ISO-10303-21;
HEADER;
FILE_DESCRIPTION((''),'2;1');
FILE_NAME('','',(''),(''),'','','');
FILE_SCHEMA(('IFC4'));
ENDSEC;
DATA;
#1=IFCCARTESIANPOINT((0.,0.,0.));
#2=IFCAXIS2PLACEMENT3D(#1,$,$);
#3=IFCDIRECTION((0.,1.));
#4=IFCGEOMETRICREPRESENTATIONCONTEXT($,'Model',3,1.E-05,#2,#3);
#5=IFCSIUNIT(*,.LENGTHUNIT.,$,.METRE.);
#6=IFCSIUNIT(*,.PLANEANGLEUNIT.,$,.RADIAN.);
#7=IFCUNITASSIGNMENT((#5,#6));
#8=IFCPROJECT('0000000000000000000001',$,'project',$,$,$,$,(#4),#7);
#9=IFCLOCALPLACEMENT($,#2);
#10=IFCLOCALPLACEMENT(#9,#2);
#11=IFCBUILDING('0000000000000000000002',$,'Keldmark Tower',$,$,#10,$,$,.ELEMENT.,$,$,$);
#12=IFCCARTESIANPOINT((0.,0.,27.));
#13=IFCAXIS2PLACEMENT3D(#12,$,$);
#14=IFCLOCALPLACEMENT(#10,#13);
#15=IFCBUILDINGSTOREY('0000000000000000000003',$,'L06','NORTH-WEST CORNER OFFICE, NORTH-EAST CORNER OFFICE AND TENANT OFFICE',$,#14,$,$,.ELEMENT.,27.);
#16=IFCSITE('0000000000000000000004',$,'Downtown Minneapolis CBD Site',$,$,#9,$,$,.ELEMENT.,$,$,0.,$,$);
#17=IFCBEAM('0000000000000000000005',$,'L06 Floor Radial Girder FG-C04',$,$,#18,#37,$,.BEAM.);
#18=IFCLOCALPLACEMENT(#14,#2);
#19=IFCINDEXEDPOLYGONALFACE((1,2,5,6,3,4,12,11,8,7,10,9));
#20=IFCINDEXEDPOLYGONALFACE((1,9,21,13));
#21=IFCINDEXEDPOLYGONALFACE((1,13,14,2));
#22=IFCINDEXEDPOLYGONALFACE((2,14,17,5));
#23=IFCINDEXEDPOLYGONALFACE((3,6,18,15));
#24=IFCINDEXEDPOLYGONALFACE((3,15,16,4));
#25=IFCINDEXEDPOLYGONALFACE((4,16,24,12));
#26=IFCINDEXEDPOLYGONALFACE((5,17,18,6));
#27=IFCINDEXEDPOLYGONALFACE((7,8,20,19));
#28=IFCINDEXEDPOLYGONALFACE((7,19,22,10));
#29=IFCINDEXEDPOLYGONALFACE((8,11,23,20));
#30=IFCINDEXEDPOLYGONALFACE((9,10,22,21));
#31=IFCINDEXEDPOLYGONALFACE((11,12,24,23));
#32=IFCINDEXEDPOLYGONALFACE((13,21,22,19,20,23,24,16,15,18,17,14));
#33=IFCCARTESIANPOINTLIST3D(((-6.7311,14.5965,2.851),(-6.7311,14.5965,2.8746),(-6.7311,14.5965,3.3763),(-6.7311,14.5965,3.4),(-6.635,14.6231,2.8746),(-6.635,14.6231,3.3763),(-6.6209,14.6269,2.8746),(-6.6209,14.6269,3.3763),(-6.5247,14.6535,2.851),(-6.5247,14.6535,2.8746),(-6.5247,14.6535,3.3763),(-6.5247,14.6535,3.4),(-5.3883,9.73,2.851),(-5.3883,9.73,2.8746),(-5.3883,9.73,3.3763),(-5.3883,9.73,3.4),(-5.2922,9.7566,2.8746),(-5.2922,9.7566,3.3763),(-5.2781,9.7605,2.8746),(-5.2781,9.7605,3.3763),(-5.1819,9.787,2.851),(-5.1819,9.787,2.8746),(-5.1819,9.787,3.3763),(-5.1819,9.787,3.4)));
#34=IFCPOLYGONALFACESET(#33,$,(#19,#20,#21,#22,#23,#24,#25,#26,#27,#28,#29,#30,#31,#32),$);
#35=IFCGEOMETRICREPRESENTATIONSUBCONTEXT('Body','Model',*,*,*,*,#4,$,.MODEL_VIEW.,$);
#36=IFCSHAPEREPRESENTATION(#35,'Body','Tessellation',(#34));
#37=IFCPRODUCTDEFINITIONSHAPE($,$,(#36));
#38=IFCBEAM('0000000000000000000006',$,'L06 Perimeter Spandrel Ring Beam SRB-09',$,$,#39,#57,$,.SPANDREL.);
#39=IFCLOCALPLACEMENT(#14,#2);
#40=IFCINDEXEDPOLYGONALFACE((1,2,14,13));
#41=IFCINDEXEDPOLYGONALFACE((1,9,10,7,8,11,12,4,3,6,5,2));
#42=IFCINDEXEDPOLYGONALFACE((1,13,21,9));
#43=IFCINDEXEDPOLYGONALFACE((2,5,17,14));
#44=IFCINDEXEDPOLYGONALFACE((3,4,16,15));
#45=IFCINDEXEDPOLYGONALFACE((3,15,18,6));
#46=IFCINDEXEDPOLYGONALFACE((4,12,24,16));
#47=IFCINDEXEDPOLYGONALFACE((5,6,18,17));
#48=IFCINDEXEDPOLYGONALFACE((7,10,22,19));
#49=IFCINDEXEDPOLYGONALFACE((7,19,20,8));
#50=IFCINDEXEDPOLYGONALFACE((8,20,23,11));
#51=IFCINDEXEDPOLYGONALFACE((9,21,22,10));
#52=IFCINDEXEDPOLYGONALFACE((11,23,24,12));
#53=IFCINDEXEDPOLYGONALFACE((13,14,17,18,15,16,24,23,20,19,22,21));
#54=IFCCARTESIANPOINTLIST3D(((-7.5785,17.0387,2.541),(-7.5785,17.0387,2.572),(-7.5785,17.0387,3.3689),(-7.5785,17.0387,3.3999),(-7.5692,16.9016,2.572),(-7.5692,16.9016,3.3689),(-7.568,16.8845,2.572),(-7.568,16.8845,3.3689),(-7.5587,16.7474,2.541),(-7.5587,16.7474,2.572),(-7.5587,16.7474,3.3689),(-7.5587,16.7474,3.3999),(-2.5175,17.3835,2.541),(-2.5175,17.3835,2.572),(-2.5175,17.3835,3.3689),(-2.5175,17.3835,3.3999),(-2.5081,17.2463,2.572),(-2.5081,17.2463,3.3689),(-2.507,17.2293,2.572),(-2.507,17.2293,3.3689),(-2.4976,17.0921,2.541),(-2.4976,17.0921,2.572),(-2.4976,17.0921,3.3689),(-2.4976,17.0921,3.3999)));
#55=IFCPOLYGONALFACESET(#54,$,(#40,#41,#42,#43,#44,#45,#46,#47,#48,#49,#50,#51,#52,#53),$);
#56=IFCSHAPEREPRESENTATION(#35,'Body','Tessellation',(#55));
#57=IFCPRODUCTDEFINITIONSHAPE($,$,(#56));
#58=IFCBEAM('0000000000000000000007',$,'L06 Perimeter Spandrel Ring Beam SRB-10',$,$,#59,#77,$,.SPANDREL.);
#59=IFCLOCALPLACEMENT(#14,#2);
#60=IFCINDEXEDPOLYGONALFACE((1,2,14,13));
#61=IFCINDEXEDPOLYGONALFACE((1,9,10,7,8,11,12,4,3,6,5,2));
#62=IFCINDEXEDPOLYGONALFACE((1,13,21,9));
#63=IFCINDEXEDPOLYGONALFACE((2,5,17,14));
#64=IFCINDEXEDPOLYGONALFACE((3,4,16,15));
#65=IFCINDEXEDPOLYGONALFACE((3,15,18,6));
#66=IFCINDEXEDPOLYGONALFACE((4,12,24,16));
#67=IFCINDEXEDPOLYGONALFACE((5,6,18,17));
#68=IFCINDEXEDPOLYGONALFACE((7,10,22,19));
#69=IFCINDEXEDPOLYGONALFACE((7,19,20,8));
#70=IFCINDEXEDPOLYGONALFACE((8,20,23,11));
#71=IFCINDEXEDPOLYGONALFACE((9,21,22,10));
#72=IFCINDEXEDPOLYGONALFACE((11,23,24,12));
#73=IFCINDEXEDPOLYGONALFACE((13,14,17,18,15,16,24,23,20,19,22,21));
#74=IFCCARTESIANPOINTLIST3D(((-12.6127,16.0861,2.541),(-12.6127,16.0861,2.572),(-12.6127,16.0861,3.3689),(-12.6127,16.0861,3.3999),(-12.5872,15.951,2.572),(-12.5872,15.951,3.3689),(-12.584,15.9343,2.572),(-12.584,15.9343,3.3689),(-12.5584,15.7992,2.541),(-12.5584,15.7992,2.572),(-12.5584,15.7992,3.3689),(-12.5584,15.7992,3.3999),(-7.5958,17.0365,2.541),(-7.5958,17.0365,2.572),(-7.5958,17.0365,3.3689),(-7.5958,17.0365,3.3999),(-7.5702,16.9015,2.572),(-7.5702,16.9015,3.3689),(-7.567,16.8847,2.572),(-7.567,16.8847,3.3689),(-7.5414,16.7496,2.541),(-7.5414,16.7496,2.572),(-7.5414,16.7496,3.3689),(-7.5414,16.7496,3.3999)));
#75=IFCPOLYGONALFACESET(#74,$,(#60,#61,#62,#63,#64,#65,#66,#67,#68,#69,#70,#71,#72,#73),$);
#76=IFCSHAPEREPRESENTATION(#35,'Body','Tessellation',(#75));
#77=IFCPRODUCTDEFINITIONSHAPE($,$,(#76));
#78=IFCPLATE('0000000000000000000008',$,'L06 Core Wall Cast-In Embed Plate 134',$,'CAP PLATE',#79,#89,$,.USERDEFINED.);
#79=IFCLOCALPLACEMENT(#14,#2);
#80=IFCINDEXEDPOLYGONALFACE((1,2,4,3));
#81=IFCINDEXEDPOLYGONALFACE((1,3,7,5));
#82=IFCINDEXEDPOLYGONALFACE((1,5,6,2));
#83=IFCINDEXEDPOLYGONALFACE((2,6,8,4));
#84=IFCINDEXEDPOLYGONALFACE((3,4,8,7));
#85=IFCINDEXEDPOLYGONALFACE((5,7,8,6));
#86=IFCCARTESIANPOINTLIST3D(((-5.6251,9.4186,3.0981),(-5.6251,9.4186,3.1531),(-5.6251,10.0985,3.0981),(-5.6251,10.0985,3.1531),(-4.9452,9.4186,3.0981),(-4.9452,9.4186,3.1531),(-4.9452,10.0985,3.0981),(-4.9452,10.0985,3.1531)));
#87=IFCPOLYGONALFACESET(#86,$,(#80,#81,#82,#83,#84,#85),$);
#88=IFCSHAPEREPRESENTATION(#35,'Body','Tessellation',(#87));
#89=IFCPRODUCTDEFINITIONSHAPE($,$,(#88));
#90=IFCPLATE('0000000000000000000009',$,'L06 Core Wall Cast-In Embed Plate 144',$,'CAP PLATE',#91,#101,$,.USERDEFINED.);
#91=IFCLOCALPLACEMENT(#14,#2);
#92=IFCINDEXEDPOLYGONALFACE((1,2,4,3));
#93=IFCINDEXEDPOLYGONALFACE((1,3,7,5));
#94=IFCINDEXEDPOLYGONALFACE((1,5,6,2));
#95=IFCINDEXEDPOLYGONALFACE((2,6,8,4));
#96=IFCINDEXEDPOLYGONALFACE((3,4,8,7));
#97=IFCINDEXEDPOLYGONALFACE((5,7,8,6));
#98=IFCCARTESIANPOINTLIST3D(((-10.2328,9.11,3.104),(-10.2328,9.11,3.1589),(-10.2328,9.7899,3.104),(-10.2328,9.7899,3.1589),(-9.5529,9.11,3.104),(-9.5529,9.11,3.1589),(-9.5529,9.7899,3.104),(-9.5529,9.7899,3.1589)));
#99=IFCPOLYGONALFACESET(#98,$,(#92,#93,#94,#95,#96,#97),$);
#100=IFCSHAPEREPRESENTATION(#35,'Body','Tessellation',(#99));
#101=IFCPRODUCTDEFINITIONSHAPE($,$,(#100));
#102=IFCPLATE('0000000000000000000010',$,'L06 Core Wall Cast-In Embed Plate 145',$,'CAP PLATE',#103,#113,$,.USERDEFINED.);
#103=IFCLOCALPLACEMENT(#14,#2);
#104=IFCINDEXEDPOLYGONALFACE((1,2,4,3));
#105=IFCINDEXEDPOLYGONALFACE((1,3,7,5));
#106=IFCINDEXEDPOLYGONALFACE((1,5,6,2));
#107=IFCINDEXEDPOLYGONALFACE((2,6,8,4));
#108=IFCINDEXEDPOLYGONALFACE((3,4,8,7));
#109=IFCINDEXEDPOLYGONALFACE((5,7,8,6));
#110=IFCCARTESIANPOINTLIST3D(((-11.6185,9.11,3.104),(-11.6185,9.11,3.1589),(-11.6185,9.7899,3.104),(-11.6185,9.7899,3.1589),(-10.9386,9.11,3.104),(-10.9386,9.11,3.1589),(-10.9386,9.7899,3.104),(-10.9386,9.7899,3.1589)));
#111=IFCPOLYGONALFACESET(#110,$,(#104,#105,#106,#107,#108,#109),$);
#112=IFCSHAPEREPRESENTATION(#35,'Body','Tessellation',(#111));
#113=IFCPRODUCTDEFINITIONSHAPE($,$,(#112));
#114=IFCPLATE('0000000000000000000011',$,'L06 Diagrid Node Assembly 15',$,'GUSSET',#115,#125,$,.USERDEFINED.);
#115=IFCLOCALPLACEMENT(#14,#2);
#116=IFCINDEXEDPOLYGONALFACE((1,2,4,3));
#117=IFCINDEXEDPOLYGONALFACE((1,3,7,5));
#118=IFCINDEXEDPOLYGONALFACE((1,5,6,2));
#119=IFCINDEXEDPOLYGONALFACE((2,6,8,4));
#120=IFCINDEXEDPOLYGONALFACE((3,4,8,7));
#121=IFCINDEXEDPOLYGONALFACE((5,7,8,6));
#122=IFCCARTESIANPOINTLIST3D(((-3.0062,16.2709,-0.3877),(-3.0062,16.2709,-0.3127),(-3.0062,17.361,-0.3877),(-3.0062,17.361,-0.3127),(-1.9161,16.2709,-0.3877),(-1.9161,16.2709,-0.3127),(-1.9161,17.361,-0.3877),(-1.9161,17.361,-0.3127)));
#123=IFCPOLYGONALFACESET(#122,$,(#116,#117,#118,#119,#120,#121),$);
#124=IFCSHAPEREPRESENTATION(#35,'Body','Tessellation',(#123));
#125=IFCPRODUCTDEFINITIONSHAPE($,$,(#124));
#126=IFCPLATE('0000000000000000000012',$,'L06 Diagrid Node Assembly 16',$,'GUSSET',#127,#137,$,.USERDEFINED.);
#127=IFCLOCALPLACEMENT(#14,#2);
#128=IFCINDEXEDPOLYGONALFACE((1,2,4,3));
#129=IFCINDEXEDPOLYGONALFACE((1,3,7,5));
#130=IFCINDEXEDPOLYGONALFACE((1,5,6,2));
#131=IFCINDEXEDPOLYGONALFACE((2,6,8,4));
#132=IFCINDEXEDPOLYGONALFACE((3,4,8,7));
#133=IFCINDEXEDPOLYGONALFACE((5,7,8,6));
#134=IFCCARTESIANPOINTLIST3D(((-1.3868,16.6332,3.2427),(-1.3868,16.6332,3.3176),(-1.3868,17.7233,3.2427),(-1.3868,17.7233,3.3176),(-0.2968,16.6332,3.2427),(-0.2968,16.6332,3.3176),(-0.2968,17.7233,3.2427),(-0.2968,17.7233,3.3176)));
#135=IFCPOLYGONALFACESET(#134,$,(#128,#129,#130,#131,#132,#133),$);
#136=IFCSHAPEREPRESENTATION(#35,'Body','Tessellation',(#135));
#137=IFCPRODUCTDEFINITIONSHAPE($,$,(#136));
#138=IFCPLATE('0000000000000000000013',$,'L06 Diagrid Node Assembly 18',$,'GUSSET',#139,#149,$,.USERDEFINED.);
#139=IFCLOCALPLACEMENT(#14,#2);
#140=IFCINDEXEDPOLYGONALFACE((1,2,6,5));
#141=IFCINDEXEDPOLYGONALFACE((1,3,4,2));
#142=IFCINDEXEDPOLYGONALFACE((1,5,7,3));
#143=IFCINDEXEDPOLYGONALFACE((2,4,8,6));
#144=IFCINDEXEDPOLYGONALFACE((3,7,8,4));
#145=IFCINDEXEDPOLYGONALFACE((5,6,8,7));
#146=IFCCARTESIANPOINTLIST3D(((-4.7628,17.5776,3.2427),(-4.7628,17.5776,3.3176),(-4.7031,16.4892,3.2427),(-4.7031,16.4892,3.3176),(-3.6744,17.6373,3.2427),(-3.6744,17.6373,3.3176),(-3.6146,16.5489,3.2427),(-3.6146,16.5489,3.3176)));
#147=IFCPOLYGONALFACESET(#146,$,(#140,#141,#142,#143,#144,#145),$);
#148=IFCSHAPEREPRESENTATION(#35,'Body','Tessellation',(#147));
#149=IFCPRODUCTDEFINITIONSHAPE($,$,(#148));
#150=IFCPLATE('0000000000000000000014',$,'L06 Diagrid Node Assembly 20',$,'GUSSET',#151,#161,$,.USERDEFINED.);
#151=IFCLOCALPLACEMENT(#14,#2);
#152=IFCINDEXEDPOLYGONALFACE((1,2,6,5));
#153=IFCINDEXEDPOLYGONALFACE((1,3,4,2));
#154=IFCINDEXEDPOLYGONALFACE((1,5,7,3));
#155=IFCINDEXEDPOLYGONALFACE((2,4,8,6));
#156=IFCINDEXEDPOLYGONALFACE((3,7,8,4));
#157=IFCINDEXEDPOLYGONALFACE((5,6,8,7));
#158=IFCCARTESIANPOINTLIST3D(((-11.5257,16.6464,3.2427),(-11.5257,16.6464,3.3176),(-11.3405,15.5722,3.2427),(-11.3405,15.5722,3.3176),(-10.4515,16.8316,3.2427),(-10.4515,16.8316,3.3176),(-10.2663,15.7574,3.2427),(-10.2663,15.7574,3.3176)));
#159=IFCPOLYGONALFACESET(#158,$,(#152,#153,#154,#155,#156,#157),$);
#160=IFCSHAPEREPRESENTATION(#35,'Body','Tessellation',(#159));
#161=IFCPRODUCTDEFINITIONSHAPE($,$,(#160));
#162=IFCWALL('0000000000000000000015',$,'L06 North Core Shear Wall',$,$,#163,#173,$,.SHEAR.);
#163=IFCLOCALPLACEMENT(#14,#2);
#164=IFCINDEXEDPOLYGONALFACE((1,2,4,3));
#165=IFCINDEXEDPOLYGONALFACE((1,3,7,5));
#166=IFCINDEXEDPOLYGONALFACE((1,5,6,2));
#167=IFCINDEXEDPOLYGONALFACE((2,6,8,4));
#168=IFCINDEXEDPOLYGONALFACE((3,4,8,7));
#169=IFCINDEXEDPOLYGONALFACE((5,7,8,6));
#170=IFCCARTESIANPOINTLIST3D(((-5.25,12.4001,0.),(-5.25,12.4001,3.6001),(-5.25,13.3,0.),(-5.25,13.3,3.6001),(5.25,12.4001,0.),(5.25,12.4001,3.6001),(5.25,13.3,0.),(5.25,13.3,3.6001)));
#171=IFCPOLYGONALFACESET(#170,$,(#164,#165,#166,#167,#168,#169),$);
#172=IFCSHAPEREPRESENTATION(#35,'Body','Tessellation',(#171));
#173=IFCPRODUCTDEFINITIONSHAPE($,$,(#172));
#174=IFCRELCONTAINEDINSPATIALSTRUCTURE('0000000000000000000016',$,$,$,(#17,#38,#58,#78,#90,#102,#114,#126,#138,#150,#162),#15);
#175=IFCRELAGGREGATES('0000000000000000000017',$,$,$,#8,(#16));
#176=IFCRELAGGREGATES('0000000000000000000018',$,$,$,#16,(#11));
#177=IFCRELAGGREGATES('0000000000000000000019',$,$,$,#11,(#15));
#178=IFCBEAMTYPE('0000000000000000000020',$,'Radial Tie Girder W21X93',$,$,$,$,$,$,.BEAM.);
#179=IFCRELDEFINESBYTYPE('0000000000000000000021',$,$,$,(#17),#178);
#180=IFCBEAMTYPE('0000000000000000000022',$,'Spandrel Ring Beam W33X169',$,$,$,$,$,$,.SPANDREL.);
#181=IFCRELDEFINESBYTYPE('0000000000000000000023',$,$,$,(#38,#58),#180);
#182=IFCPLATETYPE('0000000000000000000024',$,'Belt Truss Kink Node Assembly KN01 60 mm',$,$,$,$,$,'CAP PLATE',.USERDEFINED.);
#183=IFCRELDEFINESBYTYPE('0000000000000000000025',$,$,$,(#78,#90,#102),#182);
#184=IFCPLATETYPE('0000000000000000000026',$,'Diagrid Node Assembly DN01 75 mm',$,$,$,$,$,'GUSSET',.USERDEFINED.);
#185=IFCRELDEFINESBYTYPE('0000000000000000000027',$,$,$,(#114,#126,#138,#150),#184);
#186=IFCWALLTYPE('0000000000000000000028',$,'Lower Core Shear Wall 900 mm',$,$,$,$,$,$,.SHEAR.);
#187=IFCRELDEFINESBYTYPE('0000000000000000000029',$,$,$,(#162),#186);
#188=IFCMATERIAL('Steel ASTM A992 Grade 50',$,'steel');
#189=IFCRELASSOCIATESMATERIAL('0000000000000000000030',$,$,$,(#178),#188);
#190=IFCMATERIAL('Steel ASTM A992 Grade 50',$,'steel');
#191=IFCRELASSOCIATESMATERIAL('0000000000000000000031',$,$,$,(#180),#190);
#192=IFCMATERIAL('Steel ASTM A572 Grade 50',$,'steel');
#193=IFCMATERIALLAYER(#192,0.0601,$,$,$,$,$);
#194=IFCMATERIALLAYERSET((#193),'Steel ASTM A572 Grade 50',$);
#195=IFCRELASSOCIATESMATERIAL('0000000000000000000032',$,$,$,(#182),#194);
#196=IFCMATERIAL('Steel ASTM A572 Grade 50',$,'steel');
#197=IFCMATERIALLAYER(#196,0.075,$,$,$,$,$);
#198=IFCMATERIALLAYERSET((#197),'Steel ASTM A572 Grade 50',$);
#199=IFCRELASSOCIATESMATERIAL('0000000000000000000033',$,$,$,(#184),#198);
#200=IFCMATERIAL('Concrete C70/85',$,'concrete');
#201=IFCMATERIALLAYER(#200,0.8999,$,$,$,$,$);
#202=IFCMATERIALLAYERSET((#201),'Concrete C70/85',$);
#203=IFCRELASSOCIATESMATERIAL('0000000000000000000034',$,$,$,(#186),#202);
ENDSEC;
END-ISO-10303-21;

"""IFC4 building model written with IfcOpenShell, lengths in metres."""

from ifc_helpers import new_model, si_unit, direction, frame, frame_2d, origin, origin_2d, place, context, subcontext, project, spatial, rectangle, i_section, extrude, material, layer, layer_set, material_profile, profile_set, type_object, element, save


model = new_model("IFC4")

# Units and contexts
model_context = context("Model", 3, precision=1e-05, world=origin(), true_north=direction((0.0, 1.0)))
body_context = subcontext(model_context, "Body", "Model", "MODEL_VIEW")
ifc_project = project(units=[si_unit("LENGTHUNIT", "METRE"), si_unit("PLANEANGLEUNIT", "RADIAN")], contexts=[model_context])

# Site, building, storey
site_placement = place(None, origin())
site = spatial("IfcSite", under=ifc_project, at=site_placement, Name="Downtown Minneapolis CBD Site", CompositionType="ELEMENT", RefElevation=0.0)
building_placement = place(site_placement, origin())
building = spatial("IfcBuilding", under=site, at=building_placement, Name="Keldmark Tower", CompositionType="ELEMENT")
storey_placement = place(building_placement, frame((0.0, 0.0, 27.0)))
storey = spatial("IfcBuildingStorey", under=building, at=storey_placement, Name="L06", Description="NORTH-WEST CORNER OFFICE, NORTH-EAST CORNER OFFICE AND TENANT OFFICE", CompositionType="ELEMENT", Elevation=27.0)

# Beams
ifc_material_1 = material(Name="Steel ASTM A992 Grade 50", Category="steel")
ifc_material_profile_1 = material_profile(ifc_material_1, i_section(OverallWidth=0.2141, OverallDepth=0.5491, WebThickness=0.0146, FlangeThickness=0.0237, at=origin_2d()), Name="W21X93")
ifc_profile_set_1 = profile_set([ifc_material_profile_1], Name="Steel ASTM A992 Grade 50")
beam_type_1 = type_object("IfcBeamType", Name="Radial Tie Girder W21X93", PredefinedType="BEAM", material=ifc_profile_set_1)
beam_1_placement = place(storey_placement, frame((-6.6279, 14.625, 3.1255), z_axis=(0.265985, -0.963977, 0.0), x_axis=(0.963977, 0.265985, 0.0)))
element("IfcBeam", 1, at=beam_1_placement, inside=storey, type_object=beam_type_1, Name="L06 Floor Radial Girder FG-C04", PredefinedType="BEAM", context=body_context, shape_type="SweptSolid", body=[
    extrude(i_section(OverallWidth=0.2141, OverallDepth=0.5491, WebThickness=0.0146, FlangeThickness=0.0237, at=origin_2d()), origin(), (0.0, 0.0, 1.0), 5.0483),
])
ifc_material_2 = material(Name="Steel ASTM A992 Grade 50", Category="steel")
ifc_material_profile_2 = material_profile(ifc_material_2, i_section(OverallWidth=0.292, OverallDepth=0.8589, WebThickness=0.0171, FlangeThickness=0.031, at=origin_2d()), Name="W33X169")
ifc_profile_set_2 = profile_set([ifc_material_profile_2], Name="Steel ASTM A992 Grade 50")
beam_type_2 = type_object("IfcBeamType", Name="Spandrel Ring Beam W33X169", PredefinedType="SPANDREL", material=ifc_profile_set_2)
beam_2_placement = place(storey_placement, frame((-2.5076, 17.2378, 2.9705), z_axis=(-0.997688, -0.067956, 0.0), x_axis=(0.067956, -0.997688, 0.0)))
element("IfcBeam", 2, at=beam_2_placement, inside=storey, type_object=beam_type_2, Name="L06 Perimeter Spandrel Ring Beam SRB-09", PredefinedType="SPANDREL", context=body_context, shape_type="SweptSolid", body=[
    extrude(i_section(OverallWidth=0.292, OverallDepth=0.8589, WebThickness=0.0171, FlangeThickness=0.031, at=origin_2d()), origin(), (0.0, 0.0, 1.0), 5.0728),
])
beam_3_placement = place(storey_placement, frame((-7.5686, 16.8931, 2.9705), z_axis=(-0.982525, -0.18613, 0.0), x_axis=(0.18613, -0.982525, 0.0)))
element("IfcBeam", 3, at=beam_3_placement, inside=storey, type_object=beam_type_2, Name="L06 Perimeter Spandrel Ring Beam SRB-10", PredefinedType="SPANDREL", context=body_context, shape_type="SweptSolid", body=[
    extrude(i_section(OverallWidth=0.292, OverallDepth=0.8589, WebThickness=0.0171, FlangeThickness=0.031, at=origin_2d()), origin(), (0.0, 0.0, 1.0), 5.1062),
])

# Plates
ifc_material_3 = material(Name="Steel ASTM A572 Grade 50", Category="steel")
ifc_layer_1 = layer(ifc_material_3, 0.0601)
ifc_layer_set_1 = layer_set([ifc_layer_1], Name="Steel ASTM A572 Grade 50")
plate_type_1 = type_object("IfcPlateType", Name="Belt Truss Kink Node Assembly KN01 60 mm", ElementType="CAP PLATE", PredefinedType="USERDEFINED", material=ifc_layer_set_1)
for number, where, z_axis, x_axis, name in (
    (4, (-5.2852, 9.7585, 3.0981), (0.0, 0.0, 1.0), (1.0, 0.0, 0.0), "L06 Core Wall Cast-In Embed Plate 134"),
    (5, (-9.8928, 9.45, 3.104), (0.0, 0.0, 1.0), (1.0, 0.0, 0.0), "L06 Core Wall Cast-In Embed Plate 144"),
    (6, (-11.2786, 9.45, 3.104), (0.0, 0.0, 1.0), (1.0, 0.0, 0.0), "L06 Core Wall Cast-In Embed Plate 145"),
):
    element("IfcPlate", number, at=place(storey_placement, frame(where, z_axis=z_axis, x_axis=x_axis)), inside=storey, type_object=plate_type_1, Name=name, ObjectType="CAP PLATE", PredefinedType="USERDEFINED", context=body_context, shape_type="SweptSolid", body=[
        extrude(rectangle(XDim=0.6799, YDim=0.6799, at=origin_2d()), origin(), (0.0, 0.0, 1.0), 0.0549),
    ])
ifc_material_4 = material(Name="Steel ASTM A572 Grade 50", Category="steel")
ifc_layer_2 = layer(ifc_material_4, 0.075)
ifc_layer_set_2 = layer_set([ifc_layer_2], Name="Steel ASTM A572 Grade 50")
plate_type_2 = type_object("IfcPlateType", Name="Diagrid Node Assembly DN01 75 mm", ElementType="GUSSET", PredefinedType="USERDEFINED", material=ifc_layer_set_2)
for number, where, z_axis, x_axis, name in (
    (7, (-2.4612, 16.8159, -0.3877), (0.0, 0.0, 1.0), (-1.0, 0.0, 0.0), "L06 Diagrid Node Assembly 15"),
    (8, (-0.8418, 17.1782, 3.2427), (0.0, 0.0, 1.0), (-1.0, 0.0, 0.0), "L06 Diagrid Node Assembly 16"),
    (9, (-4.1887, 17.0632, 3.2427), (0.0, 0.0, 1.0), (-0.998499, -0.054776, 0.0), "L06 Diagrid Node Assembly 18"),
    (10, (-10.896, 16.2019, 3.2427), (0.0, 0.0, 1.0), (-0.985467, -0.169866, 0.0), "L06 Diagrid Node Assembly 20"),
):
    element("IfcPlate", number, at=place(storey_placement, frame(where, z_axis=z_axis, x_axis=x_axis)), inside=storey, type_object=plate_type_2, Name=name, ObjectType="GUSSET", PredefinedType="USERDEFINED", context=body_context, shape_type="SweptSolid", body=[
        extrude(rectangle(XDim=1.0901, YDim=1.0901, at=origin_2d()), origin(), (0.0, 0.0, 1.0), 0.075),
    ])

# Wall
ifc_material_5 = material(Name="Concrete C70/85", Category="concrete")
ifc_layer_3 = layer(ifc_material_5, 0.8999)
ifc_layer_set_3 = layer_set([ifc_layer_3], Name="Concrete C70/85")
wall_type_1 = type_object("IfcWallType", Name="Lower Core Shear Wall 900 mm", PredefinedType="SHEAR", material=ifc_layer_set_3)
wall_1_placement = place(storey_placement, frame((-5.25, 12.8501, 0.0), z_axis=(0.0, 0.0, 1.0), x_axis=(1.0, 0.0, 0.0)))
element("IfcWall", 11, at=wall_1_placement, inside=storey, type_object=wall_type_1, Name="L06 North Core Shear Wall", PredefinedType="SHEAR", context=body_context, shape_type="SweptSolid", body=[
    extrude(rectangle(XDim=10.5, YDim=0.8999, at=frame_2d((5.25, 0.0))), origin(), (0.0, 0.0, 1.0), 3.6001),
])

save(model, "model.ifc")
